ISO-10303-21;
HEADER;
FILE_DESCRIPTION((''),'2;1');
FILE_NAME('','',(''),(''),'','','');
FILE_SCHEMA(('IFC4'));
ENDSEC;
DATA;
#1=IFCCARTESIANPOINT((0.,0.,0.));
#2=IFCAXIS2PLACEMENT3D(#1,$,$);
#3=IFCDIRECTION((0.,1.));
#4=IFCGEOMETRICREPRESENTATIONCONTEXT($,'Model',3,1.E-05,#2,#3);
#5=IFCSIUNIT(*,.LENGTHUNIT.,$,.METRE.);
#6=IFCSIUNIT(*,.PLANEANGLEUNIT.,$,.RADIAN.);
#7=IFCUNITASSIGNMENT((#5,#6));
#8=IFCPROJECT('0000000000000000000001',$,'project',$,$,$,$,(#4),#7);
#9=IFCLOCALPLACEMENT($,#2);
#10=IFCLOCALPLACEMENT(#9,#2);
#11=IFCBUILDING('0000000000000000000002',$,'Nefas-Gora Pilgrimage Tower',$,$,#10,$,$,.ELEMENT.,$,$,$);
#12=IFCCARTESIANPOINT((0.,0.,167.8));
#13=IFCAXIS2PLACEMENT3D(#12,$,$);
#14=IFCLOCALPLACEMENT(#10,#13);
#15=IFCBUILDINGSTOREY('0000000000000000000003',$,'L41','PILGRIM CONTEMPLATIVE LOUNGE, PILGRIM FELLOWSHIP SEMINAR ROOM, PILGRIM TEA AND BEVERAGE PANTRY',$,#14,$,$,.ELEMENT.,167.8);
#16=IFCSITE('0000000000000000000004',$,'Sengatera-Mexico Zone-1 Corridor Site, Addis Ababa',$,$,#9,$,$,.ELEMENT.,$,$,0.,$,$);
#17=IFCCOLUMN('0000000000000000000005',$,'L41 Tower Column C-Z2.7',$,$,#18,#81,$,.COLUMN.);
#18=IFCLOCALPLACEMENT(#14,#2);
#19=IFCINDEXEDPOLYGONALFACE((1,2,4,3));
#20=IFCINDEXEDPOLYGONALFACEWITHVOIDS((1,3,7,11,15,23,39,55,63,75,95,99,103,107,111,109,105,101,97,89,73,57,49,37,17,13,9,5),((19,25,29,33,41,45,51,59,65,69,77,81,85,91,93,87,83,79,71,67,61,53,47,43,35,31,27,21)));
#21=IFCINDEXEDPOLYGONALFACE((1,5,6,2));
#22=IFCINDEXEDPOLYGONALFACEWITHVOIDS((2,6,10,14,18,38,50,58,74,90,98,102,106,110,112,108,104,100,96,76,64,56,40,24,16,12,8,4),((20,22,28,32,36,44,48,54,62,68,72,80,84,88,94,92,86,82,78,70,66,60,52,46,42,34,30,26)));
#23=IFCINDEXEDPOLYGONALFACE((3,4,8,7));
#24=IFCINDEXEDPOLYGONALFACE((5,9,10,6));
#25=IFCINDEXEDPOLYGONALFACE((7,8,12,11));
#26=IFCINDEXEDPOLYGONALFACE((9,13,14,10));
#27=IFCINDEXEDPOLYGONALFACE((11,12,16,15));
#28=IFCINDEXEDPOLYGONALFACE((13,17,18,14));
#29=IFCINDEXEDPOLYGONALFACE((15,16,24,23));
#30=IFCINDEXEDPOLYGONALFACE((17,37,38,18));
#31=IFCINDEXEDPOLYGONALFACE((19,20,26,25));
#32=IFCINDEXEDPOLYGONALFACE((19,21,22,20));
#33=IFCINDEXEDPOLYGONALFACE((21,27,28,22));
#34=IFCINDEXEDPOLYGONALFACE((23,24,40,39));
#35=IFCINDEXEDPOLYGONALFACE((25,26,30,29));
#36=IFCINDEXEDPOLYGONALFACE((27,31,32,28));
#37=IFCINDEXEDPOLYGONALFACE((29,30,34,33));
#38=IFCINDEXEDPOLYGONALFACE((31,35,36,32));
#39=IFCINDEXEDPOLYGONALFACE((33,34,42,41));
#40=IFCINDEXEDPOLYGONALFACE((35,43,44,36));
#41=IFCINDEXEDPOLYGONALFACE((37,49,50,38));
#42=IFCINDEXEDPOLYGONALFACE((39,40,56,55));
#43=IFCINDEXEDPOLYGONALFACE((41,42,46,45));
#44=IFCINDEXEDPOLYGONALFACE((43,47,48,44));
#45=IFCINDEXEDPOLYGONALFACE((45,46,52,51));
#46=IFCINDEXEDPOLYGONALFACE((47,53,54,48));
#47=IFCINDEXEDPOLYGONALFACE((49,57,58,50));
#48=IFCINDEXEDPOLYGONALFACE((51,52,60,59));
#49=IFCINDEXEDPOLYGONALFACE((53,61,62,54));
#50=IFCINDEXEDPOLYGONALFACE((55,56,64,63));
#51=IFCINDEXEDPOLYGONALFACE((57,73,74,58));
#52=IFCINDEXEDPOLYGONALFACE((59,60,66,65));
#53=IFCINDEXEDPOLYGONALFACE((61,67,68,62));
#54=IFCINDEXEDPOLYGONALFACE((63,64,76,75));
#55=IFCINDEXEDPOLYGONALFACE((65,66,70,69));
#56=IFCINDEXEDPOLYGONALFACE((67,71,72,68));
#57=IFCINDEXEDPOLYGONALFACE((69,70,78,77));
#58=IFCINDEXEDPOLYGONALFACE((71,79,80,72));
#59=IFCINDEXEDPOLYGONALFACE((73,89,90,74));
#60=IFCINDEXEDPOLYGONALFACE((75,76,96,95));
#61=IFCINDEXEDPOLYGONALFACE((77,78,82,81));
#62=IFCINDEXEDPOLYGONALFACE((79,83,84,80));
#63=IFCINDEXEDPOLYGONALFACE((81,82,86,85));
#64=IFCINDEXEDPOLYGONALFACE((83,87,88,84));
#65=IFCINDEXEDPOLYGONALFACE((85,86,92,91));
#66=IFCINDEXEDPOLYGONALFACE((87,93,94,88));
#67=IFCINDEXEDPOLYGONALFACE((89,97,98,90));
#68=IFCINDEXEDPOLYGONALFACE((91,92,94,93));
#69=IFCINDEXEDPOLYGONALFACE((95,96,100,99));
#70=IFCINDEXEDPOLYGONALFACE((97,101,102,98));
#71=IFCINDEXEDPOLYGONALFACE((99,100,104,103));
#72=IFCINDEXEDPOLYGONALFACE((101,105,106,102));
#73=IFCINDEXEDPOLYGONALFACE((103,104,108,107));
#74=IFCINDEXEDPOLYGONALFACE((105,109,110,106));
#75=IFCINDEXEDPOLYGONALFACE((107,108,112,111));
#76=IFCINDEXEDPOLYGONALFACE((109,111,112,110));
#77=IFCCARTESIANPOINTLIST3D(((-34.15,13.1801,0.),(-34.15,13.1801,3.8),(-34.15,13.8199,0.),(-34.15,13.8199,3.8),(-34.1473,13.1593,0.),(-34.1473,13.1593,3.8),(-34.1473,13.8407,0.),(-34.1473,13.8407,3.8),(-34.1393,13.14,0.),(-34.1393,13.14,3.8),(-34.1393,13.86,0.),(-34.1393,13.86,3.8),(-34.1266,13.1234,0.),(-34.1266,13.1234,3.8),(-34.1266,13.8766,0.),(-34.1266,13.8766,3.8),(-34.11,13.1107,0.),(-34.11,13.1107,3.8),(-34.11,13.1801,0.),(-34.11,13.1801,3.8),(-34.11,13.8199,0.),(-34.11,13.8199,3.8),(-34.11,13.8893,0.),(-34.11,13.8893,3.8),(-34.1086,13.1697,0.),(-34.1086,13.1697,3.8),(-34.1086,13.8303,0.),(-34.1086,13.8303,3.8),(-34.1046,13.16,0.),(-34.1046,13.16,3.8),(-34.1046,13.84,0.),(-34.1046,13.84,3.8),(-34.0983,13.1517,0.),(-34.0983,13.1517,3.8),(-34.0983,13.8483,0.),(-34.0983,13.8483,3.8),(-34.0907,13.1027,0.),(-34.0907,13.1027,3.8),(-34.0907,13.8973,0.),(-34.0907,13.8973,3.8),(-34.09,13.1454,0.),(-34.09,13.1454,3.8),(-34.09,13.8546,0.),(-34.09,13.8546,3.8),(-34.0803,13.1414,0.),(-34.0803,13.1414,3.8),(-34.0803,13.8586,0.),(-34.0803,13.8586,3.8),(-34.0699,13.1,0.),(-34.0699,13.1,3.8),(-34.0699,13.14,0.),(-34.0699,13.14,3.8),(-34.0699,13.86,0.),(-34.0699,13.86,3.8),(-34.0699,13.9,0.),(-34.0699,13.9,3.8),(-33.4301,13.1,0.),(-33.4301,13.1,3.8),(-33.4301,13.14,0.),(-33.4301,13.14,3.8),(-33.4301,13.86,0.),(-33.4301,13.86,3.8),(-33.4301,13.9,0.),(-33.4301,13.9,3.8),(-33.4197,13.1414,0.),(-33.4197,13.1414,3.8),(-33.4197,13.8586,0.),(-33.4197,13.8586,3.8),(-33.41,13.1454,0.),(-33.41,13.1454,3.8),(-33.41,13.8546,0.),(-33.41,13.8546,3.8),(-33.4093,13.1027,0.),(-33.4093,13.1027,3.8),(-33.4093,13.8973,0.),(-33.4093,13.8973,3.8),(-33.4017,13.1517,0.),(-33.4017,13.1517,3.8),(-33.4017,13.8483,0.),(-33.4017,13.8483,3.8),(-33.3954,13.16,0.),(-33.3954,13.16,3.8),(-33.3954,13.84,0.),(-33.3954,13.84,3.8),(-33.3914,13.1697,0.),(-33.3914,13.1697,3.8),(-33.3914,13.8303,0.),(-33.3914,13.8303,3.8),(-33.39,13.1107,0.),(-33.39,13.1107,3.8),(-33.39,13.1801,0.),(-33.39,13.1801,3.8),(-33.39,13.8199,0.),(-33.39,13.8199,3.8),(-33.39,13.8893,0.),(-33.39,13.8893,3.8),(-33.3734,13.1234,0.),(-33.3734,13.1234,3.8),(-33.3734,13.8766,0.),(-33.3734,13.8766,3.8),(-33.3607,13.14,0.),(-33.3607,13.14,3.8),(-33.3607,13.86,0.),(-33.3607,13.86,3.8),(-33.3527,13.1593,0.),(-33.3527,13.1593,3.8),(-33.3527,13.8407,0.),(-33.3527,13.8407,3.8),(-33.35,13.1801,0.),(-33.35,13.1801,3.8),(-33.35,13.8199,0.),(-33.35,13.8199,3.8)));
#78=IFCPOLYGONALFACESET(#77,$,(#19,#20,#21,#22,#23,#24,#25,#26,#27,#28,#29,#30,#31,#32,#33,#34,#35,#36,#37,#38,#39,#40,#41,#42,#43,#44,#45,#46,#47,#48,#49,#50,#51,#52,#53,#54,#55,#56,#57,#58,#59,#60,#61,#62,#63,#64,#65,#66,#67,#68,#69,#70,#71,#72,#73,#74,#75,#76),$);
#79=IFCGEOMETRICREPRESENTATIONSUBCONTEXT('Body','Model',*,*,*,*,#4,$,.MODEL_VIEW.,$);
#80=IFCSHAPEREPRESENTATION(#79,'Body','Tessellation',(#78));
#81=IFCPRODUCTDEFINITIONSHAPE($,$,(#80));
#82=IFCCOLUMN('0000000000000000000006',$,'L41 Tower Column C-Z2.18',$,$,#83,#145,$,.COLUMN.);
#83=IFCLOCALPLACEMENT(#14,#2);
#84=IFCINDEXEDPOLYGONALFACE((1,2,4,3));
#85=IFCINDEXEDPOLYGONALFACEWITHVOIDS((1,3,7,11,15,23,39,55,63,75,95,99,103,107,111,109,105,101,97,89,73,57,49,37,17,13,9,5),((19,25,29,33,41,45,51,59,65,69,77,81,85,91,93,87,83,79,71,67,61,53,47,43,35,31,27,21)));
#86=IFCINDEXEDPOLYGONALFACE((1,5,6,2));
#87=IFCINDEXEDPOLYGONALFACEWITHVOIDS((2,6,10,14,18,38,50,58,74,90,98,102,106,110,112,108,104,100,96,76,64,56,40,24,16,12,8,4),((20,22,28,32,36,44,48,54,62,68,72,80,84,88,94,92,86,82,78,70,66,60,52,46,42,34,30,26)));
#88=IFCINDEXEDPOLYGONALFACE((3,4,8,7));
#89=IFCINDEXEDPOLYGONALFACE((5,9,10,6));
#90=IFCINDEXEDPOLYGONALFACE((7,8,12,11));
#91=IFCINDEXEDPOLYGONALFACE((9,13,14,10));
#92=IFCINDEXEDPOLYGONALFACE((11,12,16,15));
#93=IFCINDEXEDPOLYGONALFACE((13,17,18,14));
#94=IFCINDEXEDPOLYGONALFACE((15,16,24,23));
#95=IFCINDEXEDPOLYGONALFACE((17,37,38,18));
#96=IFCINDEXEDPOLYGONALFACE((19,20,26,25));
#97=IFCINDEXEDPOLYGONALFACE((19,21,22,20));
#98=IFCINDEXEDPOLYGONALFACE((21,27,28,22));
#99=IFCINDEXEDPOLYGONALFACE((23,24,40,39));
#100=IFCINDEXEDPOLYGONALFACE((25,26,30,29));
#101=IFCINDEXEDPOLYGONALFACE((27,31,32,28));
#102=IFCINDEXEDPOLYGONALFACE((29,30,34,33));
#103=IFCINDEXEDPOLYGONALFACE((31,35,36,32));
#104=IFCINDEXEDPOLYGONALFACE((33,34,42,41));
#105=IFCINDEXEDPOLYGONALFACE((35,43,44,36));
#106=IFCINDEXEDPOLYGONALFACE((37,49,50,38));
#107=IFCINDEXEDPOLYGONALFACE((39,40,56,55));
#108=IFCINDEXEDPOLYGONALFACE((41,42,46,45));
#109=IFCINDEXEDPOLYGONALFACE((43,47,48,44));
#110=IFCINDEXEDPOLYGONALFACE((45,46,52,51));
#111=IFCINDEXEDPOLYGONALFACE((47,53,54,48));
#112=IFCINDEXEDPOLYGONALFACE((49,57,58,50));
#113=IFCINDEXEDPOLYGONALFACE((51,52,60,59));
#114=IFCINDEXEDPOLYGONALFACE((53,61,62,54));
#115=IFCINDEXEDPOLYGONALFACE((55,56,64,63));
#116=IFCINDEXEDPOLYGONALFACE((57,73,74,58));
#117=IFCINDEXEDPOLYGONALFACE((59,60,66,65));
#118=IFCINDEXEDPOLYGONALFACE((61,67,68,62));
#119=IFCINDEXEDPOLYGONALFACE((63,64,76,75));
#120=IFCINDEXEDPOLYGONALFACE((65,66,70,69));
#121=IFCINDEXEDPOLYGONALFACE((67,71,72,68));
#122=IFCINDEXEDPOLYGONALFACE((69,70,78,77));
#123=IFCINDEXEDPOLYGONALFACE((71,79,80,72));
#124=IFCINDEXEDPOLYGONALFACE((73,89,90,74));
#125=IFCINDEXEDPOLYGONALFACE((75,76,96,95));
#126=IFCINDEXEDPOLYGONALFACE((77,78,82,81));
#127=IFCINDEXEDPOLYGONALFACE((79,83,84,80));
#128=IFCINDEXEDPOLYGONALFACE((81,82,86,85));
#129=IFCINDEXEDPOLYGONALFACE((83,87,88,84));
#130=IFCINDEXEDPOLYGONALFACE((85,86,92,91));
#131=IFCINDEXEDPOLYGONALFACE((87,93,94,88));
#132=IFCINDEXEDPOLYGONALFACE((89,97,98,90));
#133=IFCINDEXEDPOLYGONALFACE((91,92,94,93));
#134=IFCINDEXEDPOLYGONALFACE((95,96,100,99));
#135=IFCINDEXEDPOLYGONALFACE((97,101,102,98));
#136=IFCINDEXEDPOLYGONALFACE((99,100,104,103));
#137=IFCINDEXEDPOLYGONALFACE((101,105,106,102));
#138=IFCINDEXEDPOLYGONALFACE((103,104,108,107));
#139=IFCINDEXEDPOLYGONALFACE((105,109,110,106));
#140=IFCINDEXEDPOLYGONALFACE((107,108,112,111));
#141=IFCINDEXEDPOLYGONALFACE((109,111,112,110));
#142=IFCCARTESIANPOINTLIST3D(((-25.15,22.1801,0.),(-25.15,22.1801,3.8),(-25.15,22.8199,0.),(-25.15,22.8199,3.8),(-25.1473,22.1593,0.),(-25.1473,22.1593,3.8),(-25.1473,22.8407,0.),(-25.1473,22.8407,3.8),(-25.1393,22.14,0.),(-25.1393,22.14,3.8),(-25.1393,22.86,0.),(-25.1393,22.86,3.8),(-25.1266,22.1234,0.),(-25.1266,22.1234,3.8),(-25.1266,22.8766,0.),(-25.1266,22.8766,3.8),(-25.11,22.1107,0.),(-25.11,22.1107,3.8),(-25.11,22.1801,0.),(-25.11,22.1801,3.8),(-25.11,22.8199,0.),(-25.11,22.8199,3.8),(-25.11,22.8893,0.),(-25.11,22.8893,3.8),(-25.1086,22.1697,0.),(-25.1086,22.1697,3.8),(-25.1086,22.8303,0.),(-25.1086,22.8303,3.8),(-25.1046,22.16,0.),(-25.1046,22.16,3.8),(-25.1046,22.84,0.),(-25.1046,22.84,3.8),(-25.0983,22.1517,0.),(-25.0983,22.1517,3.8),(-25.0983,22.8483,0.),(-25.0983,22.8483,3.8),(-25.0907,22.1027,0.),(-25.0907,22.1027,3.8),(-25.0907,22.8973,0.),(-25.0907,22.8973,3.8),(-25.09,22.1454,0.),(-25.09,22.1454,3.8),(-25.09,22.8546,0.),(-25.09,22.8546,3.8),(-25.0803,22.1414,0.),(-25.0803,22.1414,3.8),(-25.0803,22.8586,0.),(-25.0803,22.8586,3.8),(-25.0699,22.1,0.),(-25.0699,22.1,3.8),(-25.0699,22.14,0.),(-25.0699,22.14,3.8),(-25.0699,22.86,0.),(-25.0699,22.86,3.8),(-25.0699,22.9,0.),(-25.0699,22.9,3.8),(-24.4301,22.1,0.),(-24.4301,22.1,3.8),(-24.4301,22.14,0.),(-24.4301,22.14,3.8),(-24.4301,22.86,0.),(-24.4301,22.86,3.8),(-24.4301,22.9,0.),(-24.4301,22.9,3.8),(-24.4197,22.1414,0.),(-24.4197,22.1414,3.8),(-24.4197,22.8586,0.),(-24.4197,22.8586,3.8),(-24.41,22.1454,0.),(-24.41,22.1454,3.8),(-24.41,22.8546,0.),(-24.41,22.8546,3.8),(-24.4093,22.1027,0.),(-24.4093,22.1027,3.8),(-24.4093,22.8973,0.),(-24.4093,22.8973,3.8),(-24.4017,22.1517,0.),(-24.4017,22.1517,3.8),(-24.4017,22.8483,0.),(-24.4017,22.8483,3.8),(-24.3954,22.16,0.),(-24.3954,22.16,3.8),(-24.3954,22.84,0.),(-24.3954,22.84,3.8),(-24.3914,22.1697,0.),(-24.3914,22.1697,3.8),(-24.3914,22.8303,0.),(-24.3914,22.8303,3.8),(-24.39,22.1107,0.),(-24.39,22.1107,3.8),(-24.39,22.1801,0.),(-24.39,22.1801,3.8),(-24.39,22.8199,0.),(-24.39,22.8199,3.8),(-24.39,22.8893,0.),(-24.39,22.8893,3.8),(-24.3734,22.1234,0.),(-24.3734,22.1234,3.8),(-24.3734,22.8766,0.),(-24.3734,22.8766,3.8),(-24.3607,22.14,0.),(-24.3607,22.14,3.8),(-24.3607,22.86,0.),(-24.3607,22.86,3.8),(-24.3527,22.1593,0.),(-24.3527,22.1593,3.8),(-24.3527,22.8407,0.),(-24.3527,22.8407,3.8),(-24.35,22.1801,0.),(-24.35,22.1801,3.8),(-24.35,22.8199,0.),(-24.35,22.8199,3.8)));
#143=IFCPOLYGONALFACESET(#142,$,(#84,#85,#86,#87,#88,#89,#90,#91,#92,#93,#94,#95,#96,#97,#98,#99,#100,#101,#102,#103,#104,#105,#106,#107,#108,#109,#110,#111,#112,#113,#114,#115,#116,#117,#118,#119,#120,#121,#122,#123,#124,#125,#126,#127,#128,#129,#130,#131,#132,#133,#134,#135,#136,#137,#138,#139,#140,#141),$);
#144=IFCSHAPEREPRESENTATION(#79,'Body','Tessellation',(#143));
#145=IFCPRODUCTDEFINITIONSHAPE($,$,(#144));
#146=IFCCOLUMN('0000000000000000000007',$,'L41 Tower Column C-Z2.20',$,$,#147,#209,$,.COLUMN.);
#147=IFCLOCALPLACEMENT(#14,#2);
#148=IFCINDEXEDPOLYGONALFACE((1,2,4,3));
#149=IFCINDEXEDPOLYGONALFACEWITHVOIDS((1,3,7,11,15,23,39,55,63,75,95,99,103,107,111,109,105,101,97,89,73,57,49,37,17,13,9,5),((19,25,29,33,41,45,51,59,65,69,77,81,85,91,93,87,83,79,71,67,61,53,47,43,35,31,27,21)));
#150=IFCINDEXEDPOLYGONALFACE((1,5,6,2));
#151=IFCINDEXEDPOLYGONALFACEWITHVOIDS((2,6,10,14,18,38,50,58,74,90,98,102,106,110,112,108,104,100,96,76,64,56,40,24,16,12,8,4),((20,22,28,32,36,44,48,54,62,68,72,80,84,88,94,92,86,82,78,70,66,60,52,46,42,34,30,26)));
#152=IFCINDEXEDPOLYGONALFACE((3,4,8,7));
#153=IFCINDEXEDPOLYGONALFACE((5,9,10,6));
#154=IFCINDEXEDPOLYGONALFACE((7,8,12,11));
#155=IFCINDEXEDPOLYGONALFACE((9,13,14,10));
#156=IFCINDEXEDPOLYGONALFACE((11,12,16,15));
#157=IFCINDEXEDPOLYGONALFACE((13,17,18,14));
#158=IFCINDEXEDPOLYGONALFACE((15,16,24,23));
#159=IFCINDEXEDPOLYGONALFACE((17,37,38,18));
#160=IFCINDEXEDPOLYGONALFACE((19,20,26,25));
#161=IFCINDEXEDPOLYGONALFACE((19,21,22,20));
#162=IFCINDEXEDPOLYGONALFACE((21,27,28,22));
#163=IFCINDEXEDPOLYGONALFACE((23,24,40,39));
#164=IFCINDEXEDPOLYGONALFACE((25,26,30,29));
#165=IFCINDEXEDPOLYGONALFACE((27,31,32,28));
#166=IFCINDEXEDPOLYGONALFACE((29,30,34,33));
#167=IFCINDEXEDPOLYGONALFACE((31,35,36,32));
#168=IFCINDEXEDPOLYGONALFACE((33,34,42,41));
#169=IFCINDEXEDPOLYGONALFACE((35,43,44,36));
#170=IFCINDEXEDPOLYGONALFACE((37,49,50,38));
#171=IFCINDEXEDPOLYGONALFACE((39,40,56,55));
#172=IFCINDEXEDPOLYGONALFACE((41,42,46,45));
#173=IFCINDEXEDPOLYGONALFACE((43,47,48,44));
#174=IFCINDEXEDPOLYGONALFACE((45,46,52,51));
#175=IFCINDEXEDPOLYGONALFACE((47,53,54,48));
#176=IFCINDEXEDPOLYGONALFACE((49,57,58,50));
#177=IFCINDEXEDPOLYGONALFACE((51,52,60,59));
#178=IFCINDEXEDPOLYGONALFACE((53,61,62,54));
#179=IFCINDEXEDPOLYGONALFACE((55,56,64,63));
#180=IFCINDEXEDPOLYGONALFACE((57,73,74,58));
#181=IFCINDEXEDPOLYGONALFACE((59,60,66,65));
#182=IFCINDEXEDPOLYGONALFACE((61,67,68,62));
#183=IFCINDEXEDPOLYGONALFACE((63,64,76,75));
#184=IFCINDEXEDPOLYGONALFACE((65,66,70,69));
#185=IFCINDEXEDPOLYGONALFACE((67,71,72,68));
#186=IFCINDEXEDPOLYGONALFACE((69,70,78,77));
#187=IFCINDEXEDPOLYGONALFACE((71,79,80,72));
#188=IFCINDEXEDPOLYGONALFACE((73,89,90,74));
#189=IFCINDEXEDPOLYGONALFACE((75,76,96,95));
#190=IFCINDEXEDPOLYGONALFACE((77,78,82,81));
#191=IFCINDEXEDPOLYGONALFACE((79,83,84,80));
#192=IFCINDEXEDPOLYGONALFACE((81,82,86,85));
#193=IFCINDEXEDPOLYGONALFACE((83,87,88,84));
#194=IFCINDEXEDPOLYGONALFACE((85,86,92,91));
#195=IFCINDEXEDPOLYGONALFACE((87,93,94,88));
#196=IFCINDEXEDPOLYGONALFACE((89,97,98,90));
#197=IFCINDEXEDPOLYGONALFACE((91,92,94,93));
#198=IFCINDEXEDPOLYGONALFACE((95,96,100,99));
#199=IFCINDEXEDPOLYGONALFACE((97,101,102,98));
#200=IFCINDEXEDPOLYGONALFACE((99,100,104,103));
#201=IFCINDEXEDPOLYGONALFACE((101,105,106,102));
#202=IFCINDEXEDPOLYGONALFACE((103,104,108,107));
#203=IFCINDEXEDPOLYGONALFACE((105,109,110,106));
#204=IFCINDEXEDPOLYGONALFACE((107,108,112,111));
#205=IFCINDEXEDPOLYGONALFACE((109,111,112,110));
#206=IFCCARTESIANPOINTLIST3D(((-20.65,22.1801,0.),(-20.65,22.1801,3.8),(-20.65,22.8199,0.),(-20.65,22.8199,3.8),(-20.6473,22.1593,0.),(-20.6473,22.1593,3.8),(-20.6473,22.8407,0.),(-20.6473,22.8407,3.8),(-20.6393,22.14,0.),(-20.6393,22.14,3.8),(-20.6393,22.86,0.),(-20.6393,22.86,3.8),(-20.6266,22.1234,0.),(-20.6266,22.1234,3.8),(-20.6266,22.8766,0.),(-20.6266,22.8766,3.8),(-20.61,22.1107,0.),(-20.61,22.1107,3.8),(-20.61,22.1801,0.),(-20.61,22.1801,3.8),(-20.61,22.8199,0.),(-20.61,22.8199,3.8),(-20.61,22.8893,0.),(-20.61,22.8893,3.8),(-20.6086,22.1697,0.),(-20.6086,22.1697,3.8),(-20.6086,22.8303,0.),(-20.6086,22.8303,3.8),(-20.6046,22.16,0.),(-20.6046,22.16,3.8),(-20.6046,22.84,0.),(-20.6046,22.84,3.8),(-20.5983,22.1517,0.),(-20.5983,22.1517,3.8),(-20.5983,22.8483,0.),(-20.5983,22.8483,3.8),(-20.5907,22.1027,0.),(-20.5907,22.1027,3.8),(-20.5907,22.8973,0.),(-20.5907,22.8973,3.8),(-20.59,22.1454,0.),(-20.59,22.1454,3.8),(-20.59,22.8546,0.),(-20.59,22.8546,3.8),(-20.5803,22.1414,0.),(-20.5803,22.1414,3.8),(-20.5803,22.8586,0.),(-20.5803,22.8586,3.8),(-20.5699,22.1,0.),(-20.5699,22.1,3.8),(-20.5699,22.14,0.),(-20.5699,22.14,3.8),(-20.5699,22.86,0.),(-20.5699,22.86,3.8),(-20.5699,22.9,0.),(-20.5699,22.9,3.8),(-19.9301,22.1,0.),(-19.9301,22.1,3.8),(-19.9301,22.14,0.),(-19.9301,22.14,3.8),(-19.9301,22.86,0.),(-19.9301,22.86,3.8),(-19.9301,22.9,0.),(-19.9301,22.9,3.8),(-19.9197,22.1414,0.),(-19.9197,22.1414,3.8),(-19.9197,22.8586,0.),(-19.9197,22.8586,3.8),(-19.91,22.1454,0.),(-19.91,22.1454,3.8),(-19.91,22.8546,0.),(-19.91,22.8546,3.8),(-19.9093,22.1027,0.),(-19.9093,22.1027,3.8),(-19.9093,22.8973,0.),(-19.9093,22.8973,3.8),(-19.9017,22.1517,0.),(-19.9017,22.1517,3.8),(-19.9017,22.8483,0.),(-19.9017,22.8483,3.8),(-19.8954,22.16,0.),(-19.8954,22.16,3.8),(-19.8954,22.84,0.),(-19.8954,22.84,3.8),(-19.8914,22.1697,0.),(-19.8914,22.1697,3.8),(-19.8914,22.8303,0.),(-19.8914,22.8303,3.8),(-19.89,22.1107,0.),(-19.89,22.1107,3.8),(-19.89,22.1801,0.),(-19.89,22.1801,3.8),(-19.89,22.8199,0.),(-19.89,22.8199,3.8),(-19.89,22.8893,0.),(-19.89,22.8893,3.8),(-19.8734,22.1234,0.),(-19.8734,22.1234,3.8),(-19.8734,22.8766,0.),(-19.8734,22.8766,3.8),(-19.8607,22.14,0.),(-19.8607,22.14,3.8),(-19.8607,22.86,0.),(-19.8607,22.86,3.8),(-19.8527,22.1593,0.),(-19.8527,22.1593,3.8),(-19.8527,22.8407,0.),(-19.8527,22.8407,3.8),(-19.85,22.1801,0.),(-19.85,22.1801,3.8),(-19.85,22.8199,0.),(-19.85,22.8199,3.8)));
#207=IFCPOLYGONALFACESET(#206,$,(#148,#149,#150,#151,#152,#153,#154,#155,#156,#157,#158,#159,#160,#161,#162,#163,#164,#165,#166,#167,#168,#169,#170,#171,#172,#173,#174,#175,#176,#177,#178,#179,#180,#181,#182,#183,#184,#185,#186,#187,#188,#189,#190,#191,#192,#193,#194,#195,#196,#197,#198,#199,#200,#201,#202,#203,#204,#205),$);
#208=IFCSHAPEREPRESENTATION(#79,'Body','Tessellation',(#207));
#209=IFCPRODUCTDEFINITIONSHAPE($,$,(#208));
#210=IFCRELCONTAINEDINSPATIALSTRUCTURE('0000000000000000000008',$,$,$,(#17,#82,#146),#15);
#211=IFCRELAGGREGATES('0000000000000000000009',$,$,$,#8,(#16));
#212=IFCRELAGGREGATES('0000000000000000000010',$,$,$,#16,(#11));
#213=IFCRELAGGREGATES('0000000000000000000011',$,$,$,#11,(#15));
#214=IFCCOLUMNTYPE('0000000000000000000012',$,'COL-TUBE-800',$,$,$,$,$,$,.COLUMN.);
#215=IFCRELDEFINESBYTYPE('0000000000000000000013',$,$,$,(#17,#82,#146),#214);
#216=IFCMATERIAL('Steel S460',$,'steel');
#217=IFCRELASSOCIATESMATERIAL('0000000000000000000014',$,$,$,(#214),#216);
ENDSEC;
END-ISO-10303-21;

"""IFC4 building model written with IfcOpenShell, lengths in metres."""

from ifc_helpers import new_model, si_unit, direction, frame, origin, origin_2d, place, context, subcontext, project, spatial, hollow_rectangle, extrude, source, transform, mapped, material, material_profile, profile_set, type_object, element, save


model = new_model("IFC4")

# Units and contexts
model_context = context("Model", 3, precision=1e-05, world=origin(), true_north=direction((0.0, 1.0)))
body_context = subcontext(model_context, "Body", "Model", "MODEL_VIEW")
ifc_project = project(units=[si_unit("LENGTHUNIT", "METRE"), si_unit("PLANEANGLEUNIT", "RADIAN")], contexts=[model_context])

# Site, building, storey
site_placement = place(None, origin())
site = spatial("IfcSite", under=ifc_project, at=site_placement, Name="Sengatera-Mexico Zone-1 Corridor Site, Addis Ababa", CompositionType="ELEMENT", RefElevation=0.0)
building_placement = place(site_placement, origin())
building = spatial("IfcBuilding", under=site, at=building_placement, Name="Nefas-Gora Pilgrimage Tower", CompositionType="ELEMENT")
storey_placement = place(building_placement, frame((0.0, 0.0, 167.8)))
storey = spatial("IfcBuildingStorey", under=building, at=storey_placement, Name="L41", Description="PILGRIM CONTEMPLATIVE LOUNGE, PILGRIM FELLOWSHIP SEMINAR ROOM, PILGRIM TEA AND BEVERAGE PANTRY", CompositionType="ELEMENT", Elevation=167.8)

# Columns
ifc_material_1 = material(Name="Steel S460", Category="steel")
ifc_material_profile_1 = material_profile(ifc_material_1, hollow_rectangle(XDim=0.8, YDim=0.8, WallThickness=0.04, InnerFilletRadius=0.04, OuterFilletRadius=0.0801, at=origin_2d()), Name="BOX 800x800x40")
ifc_profile_set_1 = profile_set([ifc_material_profile_1], Name="Steel S460")
column_type_1 = type_object("IfcColumnType", Name="COL-TUBE-800", PredefinedType="COLUMN", material=ifc_profile_set_1)
shared_shape_1 = source(origin(), body_context, "Body", "SweptSolid", [
    extrude(hollow_rectangle(XDim=0.8, YDim=0.8, WallThickness=0.04, InnerFilletRadius=0.04, OuterFilletRadius=0.0801, at=origin_2d()), origin(), (0.0, 0.0, 1.0), 3.8),
])
for number, where, z_axis, x_axis, name in (
    (1, (-33.75, 13.5, 0.0), (0.0, 0.0, 1.0), (1.0, 0.0, 0.0), "L41 Tower Column C-Z2.7"),
    (2, (-24.75, 22.5, 0.0), (0.0, 0.0, 1.0), (1.0, 0.0, 0.0), "L41 Tower Column C-Z2.18"),
    (3, (-20.25, 22.5, 0.0), (0.0, 0.0, 1.0), (1.0, 0.0, 0.0), "L41 Tower Column C-Z2.20"),
):
    element("IfcColumn", number, at=place(storey_placement, frame(where, z_axis=z_axis, x_axis=x_axis)), inside=storey, type_object=column_type_1, Name=name, PredefinedType="COLUMN", context=body_context, shape_type="MappedRepresentation", body=[
        mapped(shared_shape_1, transform((0.0, 0.0, 0.0), x_axis=(1.0, 0.0, 0.0), y_axis=(0.0, 1.0, 0.0), z_axis=(0.0, 0.0, 1.0), scale=1.0)),
    ])

save(model, "model.ifc")
